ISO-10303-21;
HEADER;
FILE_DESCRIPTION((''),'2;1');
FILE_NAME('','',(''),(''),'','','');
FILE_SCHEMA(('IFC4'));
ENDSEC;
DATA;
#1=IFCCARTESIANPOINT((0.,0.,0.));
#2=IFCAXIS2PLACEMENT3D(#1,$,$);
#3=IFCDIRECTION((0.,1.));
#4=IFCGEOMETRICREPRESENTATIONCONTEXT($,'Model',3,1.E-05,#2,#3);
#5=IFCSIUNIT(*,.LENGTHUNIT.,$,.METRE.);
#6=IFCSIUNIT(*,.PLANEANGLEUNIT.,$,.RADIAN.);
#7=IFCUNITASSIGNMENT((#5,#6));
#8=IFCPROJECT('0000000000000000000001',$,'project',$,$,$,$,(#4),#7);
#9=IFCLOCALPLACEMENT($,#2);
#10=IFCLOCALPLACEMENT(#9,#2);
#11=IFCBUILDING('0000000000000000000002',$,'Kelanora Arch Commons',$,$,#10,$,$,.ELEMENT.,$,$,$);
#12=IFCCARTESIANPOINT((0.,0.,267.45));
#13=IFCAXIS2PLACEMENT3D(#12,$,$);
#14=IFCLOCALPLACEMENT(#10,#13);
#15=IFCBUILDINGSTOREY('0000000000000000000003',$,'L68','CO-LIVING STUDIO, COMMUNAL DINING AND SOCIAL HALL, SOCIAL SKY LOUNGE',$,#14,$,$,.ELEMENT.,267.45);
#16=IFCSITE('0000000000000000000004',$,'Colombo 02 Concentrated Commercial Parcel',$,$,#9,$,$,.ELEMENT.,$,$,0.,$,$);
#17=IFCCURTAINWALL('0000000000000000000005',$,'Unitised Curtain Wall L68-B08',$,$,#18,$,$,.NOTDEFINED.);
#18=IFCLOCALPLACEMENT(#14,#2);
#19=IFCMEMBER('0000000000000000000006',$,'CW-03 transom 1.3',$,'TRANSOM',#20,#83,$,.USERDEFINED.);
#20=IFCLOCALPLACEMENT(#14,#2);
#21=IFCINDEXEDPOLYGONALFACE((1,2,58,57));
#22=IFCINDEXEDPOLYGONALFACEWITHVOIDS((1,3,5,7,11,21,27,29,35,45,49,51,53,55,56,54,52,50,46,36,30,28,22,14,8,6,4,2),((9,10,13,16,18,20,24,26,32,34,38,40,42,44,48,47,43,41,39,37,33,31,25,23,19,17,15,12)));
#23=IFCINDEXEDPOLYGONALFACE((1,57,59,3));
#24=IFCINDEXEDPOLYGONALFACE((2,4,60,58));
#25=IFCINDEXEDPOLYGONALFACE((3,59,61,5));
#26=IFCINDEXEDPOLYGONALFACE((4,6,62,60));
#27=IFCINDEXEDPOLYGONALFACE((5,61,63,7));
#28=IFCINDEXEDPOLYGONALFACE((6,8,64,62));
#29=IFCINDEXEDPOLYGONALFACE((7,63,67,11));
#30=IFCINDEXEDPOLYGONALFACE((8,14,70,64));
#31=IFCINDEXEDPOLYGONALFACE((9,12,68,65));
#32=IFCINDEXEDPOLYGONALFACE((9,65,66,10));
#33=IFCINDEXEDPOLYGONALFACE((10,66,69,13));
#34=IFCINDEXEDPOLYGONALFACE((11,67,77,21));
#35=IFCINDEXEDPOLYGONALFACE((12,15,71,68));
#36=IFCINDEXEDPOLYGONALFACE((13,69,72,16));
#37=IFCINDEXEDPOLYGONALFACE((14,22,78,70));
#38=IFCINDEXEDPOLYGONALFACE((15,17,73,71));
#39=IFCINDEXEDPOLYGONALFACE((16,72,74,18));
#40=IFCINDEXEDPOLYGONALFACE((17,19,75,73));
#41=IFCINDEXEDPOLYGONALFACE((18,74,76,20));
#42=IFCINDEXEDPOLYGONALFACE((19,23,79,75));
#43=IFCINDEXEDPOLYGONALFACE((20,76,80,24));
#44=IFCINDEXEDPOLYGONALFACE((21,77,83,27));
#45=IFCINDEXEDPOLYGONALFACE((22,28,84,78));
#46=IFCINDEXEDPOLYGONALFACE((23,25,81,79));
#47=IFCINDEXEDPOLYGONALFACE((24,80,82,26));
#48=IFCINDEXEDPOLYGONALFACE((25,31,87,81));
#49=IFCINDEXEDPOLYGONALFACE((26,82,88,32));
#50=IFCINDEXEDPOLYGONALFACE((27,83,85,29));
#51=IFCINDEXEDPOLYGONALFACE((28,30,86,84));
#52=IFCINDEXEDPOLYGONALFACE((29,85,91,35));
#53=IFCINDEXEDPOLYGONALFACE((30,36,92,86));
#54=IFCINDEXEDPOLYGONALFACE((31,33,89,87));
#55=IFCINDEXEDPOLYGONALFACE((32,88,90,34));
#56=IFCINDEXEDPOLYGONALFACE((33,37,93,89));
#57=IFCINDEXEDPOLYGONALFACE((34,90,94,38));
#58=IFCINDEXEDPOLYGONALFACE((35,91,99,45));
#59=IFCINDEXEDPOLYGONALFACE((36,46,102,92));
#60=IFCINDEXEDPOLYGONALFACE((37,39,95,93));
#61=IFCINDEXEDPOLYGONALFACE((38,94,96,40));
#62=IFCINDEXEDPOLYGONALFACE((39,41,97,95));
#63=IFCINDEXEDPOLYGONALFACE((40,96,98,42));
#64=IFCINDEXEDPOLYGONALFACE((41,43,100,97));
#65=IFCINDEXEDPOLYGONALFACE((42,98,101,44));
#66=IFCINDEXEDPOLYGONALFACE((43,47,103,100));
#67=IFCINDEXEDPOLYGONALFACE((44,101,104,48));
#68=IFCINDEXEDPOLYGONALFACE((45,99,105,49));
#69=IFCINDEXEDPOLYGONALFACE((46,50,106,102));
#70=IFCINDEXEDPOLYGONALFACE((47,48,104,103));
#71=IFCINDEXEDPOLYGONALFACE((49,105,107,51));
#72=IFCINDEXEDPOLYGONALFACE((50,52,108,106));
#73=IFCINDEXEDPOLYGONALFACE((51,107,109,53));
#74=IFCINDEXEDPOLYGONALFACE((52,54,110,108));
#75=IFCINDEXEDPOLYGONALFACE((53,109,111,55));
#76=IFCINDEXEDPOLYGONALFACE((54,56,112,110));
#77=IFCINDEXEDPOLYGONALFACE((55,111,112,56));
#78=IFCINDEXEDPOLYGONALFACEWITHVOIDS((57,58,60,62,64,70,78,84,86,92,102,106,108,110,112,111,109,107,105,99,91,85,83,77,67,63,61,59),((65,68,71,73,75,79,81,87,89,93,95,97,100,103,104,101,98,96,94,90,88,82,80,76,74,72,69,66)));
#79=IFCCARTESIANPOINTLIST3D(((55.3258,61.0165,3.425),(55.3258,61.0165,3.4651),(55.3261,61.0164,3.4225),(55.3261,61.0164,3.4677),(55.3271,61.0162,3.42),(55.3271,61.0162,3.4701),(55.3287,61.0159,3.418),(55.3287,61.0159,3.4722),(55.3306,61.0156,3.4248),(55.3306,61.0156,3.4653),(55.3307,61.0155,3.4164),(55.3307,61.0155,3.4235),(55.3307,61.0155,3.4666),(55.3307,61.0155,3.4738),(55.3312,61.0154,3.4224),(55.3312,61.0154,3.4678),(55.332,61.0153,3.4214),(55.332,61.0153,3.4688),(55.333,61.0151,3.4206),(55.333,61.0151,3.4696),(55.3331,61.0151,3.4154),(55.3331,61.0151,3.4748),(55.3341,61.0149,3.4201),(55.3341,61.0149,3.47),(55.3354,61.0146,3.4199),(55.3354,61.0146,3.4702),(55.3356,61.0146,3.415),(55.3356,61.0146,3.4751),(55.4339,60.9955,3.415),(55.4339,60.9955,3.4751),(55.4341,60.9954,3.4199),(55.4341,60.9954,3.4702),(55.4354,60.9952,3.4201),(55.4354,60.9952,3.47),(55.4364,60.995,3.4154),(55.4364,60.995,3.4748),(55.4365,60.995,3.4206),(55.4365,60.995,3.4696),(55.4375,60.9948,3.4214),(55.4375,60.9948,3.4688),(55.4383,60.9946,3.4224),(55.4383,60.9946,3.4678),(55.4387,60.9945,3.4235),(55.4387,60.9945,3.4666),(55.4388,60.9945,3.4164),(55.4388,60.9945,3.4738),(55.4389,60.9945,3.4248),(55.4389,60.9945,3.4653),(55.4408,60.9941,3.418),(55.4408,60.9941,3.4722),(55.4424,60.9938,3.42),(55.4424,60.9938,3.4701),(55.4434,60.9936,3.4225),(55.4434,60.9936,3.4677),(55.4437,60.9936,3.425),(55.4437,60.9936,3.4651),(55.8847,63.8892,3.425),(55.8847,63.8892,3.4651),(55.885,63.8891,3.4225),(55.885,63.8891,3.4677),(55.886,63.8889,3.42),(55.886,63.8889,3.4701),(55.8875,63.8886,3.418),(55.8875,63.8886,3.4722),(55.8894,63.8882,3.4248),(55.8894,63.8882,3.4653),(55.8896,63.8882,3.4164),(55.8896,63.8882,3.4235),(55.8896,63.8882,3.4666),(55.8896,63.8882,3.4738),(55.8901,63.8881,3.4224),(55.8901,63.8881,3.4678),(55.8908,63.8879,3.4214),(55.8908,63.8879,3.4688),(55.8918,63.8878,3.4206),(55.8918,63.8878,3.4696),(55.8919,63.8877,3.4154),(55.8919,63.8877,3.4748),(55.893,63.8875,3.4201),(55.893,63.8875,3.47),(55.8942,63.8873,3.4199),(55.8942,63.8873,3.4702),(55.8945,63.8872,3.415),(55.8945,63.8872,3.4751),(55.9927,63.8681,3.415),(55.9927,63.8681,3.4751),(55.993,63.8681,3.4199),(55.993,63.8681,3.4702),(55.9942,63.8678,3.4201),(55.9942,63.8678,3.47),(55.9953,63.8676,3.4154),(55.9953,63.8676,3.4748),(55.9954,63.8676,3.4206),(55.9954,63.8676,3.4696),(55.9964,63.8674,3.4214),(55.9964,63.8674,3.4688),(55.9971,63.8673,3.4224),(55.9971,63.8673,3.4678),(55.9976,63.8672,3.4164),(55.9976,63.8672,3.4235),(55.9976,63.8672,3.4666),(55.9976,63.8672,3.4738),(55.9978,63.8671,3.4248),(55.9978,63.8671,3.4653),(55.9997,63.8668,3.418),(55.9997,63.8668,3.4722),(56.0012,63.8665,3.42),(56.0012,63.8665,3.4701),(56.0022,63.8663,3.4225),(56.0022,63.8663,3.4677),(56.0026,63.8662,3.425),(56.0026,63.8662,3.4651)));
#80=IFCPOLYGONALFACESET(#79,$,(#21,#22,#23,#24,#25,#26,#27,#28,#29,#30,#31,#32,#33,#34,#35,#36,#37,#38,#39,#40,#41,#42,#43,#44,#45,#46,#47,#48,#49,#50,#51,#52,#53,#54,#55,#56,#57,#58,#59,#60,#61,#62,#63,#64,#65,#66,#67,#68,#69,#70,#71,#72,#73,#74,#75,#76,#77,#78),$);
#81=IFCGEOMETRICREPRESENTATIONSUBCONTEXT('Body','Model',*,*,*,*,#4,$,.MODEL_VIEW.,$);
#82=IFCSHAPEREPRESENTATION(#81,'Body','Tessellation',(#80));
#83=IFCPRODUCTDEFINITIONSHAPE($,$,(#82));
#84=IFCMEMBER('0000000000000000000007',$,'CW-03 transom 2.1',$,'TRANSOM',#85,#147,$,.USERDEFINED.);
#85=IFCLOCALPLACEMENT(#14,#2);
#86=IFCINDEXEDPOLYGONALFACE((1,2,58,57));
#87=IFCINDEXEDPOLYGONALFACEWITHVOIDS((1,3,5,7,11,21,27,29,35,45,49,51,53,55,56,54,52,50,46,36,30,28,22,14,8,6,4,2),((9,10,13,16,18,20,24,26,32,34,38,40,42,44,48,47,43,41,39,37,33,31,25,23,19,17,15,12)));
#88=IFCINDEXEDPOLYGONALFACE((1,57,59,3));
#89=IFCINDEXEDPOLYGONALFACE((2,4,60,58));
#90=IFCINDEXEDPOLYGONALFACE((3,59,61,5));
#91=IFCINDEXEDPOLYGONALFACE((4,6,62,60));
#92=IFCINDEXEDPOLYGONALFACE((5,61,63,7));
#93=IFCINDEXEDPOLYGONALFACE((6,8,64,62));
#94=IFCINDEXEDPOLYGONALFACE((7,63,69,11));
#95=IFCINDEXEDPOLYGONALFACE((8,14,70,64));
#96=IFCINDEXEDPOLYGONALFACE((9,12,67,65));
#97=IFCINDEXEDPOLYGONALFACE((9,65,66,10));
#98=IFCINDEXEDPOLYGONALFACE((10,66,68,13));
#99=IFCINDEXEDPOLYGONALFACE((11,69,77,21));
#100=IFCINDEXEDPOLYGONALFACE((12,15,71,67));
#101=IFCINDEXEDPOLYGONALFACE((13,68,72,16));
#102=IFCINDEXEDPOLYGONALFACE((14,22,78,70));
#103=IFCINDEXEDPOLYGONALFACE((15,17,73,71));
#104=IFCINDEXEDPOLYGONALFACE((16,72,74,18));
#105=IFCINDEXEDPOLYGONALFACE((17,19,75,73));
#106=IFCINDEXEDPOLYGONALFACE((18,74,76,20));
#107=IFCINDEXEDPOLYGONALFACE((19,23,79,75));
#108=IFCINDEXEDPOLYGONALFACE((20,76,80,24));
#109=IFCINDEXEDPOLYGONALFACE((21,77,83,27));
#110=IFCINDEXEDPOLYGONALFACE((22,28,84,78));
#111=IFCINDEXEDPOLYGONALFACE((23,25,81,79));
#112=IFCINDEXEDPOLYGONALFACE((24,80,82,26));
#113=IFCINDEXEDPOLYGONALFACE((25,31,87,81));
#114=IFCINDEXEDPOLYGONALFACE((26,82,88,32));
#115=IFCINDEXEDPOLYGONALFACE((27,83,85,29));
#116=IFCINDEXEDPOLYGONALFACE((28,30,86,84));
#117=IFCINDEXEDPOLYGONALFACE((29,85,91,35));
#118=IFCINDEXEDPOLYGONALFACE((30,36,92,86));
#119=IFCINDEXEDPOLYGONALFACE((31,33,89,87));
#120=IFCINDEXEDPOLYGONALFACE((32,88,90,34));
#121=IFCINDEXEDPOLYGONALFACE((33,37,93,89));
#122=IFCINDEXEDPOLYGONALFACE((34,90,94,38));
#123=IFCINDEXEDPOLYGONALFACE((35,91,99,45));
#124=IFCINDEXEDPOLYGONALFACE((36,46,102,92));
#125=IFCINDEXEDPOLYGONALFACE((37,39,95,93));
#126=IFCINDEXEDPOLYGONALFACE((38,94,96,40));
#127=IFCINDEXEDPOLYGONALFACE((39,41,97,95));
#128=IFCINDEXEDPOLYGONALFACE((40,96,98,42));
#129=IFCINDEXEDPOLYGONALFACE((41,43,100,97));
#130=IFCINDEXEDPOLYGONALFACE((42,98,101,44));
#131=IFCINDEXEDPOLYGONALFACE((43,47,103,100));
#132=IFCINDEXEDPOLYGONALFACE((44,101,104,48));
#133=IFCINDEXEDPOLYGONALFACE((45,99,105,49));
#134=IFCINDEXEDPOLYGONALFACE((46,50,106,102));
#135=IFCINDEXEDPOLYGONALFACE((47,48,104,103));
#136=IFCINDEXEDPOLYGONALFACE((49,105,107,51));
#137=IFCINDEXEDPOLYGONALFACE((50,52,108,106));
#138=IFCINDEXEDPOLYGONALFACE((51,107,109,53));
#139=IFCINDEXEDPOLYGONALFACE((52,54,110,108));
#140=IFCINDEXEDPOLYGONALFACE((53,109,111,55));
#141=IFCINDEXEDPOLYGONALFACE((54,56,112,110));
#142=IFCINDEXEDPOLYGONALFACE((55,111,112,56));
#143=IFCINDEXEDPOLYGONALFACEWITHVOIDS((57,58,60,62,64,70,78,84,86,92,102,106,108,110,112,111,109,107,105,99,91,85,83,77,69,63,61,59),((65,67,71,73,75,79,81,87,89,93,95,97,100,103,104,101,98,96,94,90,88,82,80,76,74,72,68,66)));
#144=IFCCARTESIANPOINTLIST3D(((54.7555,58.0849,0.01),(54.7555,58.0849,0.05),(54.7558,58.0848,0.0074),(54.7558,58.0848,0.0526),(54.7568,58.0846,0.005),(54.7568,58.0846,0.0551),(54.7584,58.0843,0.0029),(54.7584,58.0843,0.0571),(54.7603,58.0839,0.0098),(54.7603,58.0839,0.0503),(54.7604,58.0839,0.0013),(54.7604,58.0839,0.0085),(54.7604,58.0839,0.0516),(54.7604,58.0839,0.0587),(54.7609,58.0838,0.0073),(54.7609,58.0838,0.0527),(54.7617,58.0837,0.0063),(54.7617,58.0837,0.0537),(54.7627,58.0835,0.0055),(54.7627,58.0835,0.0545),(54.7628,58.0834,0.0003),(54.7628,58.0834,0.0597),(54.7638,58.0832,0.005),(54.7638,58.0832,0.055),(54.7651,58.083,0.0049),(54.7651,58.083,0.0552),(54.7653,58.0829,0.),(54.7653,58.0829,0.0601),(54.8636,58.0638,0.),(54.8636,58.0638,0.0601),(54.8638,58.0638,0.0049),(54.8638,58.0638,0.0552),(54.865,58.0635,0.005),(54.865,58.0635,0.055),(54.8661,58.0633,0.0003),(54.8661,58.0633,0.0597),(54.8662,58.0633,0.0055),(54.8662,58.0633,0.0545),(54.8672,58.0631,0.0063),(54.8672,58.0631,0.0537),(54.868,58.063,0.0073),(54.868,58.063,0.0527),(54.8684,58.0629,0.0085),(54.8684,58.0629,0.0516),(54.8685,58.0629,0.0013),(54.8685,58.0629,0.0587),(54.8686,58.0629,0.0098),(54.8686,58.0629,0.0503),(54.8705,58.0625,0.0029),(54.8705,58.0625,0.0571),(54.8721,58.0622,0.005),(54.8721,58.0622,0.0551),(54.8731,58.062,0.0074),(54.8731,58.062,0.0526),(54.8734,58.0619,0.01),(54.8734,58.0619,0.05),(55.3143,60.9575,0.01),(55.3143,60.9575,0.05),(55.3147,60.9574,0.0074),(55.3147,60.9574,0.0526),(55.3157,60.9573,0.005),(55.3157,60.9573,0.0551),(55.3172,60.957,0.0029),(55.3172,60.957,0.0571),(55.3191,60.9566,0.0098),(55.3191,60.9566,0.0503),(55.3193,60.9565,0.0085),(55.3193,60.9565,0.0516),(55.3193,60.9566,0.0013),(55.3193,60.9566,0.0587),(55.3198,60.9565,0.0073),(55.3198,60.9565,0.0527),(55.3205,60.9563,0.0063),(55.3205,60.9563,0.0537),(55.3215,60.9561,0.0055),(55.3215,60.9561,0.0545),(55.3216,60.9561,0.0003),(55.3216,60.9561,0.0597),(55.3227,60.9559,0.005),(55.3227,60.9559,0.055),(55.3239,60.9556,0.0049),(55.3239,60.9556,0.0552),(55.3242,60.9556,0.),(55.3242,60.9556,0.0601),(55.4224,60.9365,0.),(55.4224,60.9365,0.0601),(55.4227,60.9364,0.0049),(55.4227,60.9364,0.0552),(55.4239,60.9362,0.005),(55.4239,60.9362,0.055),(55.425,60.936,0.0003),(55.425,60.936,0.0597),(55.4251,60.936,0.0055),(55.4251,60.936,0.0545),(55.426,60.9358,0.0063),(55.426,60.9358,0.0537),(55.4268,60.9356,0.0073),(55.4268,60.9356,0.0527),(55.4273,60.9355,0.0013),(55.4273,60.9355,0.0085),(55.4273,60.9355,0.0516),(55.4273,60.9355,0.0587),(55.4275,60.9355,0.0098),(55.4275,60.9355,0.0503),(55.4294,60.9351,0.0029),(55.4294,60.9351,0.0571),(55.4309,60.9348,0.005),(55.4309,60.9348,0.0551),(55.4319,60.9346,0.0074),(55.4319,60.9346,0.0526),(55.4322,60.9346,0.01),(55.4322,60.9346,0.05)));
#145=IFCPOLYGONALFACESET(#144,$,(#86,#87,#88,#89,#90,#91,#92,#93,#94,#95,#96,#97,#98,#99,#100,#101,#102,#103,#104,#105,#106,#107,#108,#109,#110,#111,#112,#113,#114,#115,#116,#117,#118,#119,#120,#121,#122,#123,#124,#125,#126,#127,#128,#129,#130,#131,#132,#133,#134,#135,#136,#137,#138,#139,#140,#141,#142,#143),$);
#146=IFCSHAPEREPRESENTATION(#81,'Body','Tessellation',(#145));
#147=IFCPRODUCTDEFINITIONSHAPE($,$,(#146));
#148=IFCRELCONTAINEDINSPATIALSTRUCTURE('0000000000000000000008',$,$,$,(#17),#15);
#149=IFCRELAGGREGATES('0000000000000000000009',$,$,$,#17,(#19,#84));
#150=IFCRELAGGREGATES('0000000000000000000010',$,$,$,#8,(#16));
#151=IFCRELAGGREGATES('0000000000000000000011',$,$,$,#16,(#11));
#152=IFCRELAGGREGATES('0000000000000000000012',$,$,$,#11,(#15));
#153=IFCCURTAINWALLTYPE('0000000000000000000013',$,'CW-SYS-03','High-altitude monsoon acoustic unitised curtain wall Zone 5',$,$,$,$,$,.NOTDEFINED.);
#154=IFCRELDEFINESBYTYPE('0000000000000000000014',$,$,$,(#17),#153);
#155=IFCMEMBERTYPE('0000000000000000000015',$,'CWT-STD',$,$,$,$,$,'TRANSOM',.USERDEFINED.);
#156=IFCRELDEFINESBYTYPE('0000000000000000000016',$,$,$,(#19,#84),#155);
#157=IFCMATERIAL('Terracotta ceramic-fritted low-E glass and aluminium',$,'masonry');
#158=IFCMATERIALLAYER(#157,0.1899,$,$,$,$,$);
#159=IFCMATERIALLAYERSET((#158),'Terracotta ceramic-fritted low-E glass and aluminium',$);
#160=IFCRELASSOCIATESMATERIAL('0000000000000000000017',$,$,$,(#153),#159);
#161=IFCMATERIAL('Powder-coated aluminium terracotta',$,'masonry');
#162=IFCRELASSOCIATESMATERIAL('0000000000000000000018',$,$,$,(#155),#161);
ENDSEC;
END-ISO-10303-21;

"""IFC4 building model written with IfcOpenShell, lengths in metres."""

from ifc_helpers import new_model, si_unit, direction, frame, origin, origin_2d, place, context, subcontext, project, spatial, hollow_rectangle, extrude, material, layer, layer_set, material_profile, profile_set, type_object, element, aggregate, save


model = new_model("IFC4")

# Units and contexts
model_context = context("Model", 3, precision=1e-05, world=origin(), true_north=direction((0.0, 1.0)))
body_context = subcontext(model_context, "Body", "Model", "MODEL_VIEW")
ifc_project = project(units=[si_unit("LENGTHUNIT", "METRE"), si_unit("PLANEANGLEUNIT", "RADIAN")], contexts=[model_context])

# Site, building, storey
site_placement = place(None, origin())
site = spatial("IfcSite", under=ifc_project, at=site_placement, Name="Colombo 02 Concentrated Commercial Parcel", CompositionType="ELEMENT", RefElevation=0.0)
building_placement = place(site_placement, origin())
building = spatial("IfcBuilding", under=site, at=building_placement, Name="Kelanora Arch Commons", CompositionType="ELEMENT")
storey_placement = place(building_placement, frame((0.0, 0.0, 267.45)))
storey = spatial("IfcBuildingStorey", under=building, at=storey_placement, Name="L68", Description="CO-LIVING STUDIO, COMMUNAL DINING AND SOCIAL HALL, SOCIAL SKY LOUNGE", CompositionType="ELEMENT", Elevation=267.45)

# Curtain wall, members
ifc_material_1 = material(Name="Terracotta ceramic-fritted low-E glass and aluminium", Category="masonry")
ifc_layer_1 = layer(ifc_material_1, 0.1899)
ifc_layer_set_1 = layer_set([ifc_layer_1], Name="Terracotta ceramic-fritted low-E glass and aluminium")
curtain_wall_type = type_object("IfcCurtainWallType", Name="CW-SYS-03", Description="High-altitude monsoon acoustic unitised curtain wall Zone 5", PredefinedType="NOTDEFINED", material=ifc_layer_set_1)
curtain_wall_placement = place(storey_placement, origin())
curtain_wall = element("IfcCurtainWall", 1, at=curtain_wall_placement, inside=storey, type_object=curtain_wall_type, Name="Unitised Curtain Wall L68-B08", PredefinedType="NOTDEFINED")
ifc_material_2 = material(Name="Powder-coated aluminium terracotta", Category="masonry")
ifc_material_profile_1 = material_profile(ifc_material_2, hollow_rectangle(XDim=0.1201, YDim=0.0601, WallThickness=0.0049, InnerFilletRadius=0.0049, OuterFilletRadius=0.01, at=origin_2d()), Name="CWT120x60")
ifc_profile_set_1 = profile_set([ifc_material_profile_1], Name="Powder-coated aluminium terracotta")
member_type_1 = type_object("IfcMemberType", Name="CWT-STD", ElementType="TRANSOM", PredefinedType="USERDEFINED", material=ifc_profile_set_1)
member_1_placement = place(storey_placement, frame((55.9436, 63.8777, 3.4451), z_axis=(-0.190963, -0.981597, 0.0), x_axis=(0.981597, -0.190963, 0.0)))
member_1 = element("IfcMember", 2, at=member_1_placement, type_object=member_type_1, Name="CW-03 transom 1.3", ObjectType="TRANSOM", PredefinedType="USERDEFINED", context=body_context, shape_type="SweptSolid", body=[
    extrude(hollow_rectangle(XDim=0.1201, YDim=0.0601, WallThickness=0.0049, InnerFilletRadius=0.0049, OuterFilletRadius=0.01, at=origin_2d()), origin(), (0.0, 0.0, 1.0), 2.9265),
])
member_2_placement = place(storey_placement, frame((55.3733, 60.946, 0.03), z_axis=(-0.190963, -0.981597, 0.0), x_axis=(0.981597, -0.190963, 0.0)))
member_2 = element("IfcMember", 3, at=member_2_placement, type_object=member_type_1, Name="CW-03 transom 2.1", ObjectType="TRANSOM", PredefinedType="USERDEFINED", context=body_context, shape_type="SweptSolid", body=[
    extrude(hollow_rectangle(XDim=0.1201, YDim=0.0601, WallThickness=0.0049, InnerFilletRadius=0.0049, OuterFilletRadius=0.01, at=origin_2d()), origin(), (0.0, 0.0, 1.0), 2.9265),
])
aggregate(curtain_wall, [member_1, member_2])

save(model, "model.ifc")
